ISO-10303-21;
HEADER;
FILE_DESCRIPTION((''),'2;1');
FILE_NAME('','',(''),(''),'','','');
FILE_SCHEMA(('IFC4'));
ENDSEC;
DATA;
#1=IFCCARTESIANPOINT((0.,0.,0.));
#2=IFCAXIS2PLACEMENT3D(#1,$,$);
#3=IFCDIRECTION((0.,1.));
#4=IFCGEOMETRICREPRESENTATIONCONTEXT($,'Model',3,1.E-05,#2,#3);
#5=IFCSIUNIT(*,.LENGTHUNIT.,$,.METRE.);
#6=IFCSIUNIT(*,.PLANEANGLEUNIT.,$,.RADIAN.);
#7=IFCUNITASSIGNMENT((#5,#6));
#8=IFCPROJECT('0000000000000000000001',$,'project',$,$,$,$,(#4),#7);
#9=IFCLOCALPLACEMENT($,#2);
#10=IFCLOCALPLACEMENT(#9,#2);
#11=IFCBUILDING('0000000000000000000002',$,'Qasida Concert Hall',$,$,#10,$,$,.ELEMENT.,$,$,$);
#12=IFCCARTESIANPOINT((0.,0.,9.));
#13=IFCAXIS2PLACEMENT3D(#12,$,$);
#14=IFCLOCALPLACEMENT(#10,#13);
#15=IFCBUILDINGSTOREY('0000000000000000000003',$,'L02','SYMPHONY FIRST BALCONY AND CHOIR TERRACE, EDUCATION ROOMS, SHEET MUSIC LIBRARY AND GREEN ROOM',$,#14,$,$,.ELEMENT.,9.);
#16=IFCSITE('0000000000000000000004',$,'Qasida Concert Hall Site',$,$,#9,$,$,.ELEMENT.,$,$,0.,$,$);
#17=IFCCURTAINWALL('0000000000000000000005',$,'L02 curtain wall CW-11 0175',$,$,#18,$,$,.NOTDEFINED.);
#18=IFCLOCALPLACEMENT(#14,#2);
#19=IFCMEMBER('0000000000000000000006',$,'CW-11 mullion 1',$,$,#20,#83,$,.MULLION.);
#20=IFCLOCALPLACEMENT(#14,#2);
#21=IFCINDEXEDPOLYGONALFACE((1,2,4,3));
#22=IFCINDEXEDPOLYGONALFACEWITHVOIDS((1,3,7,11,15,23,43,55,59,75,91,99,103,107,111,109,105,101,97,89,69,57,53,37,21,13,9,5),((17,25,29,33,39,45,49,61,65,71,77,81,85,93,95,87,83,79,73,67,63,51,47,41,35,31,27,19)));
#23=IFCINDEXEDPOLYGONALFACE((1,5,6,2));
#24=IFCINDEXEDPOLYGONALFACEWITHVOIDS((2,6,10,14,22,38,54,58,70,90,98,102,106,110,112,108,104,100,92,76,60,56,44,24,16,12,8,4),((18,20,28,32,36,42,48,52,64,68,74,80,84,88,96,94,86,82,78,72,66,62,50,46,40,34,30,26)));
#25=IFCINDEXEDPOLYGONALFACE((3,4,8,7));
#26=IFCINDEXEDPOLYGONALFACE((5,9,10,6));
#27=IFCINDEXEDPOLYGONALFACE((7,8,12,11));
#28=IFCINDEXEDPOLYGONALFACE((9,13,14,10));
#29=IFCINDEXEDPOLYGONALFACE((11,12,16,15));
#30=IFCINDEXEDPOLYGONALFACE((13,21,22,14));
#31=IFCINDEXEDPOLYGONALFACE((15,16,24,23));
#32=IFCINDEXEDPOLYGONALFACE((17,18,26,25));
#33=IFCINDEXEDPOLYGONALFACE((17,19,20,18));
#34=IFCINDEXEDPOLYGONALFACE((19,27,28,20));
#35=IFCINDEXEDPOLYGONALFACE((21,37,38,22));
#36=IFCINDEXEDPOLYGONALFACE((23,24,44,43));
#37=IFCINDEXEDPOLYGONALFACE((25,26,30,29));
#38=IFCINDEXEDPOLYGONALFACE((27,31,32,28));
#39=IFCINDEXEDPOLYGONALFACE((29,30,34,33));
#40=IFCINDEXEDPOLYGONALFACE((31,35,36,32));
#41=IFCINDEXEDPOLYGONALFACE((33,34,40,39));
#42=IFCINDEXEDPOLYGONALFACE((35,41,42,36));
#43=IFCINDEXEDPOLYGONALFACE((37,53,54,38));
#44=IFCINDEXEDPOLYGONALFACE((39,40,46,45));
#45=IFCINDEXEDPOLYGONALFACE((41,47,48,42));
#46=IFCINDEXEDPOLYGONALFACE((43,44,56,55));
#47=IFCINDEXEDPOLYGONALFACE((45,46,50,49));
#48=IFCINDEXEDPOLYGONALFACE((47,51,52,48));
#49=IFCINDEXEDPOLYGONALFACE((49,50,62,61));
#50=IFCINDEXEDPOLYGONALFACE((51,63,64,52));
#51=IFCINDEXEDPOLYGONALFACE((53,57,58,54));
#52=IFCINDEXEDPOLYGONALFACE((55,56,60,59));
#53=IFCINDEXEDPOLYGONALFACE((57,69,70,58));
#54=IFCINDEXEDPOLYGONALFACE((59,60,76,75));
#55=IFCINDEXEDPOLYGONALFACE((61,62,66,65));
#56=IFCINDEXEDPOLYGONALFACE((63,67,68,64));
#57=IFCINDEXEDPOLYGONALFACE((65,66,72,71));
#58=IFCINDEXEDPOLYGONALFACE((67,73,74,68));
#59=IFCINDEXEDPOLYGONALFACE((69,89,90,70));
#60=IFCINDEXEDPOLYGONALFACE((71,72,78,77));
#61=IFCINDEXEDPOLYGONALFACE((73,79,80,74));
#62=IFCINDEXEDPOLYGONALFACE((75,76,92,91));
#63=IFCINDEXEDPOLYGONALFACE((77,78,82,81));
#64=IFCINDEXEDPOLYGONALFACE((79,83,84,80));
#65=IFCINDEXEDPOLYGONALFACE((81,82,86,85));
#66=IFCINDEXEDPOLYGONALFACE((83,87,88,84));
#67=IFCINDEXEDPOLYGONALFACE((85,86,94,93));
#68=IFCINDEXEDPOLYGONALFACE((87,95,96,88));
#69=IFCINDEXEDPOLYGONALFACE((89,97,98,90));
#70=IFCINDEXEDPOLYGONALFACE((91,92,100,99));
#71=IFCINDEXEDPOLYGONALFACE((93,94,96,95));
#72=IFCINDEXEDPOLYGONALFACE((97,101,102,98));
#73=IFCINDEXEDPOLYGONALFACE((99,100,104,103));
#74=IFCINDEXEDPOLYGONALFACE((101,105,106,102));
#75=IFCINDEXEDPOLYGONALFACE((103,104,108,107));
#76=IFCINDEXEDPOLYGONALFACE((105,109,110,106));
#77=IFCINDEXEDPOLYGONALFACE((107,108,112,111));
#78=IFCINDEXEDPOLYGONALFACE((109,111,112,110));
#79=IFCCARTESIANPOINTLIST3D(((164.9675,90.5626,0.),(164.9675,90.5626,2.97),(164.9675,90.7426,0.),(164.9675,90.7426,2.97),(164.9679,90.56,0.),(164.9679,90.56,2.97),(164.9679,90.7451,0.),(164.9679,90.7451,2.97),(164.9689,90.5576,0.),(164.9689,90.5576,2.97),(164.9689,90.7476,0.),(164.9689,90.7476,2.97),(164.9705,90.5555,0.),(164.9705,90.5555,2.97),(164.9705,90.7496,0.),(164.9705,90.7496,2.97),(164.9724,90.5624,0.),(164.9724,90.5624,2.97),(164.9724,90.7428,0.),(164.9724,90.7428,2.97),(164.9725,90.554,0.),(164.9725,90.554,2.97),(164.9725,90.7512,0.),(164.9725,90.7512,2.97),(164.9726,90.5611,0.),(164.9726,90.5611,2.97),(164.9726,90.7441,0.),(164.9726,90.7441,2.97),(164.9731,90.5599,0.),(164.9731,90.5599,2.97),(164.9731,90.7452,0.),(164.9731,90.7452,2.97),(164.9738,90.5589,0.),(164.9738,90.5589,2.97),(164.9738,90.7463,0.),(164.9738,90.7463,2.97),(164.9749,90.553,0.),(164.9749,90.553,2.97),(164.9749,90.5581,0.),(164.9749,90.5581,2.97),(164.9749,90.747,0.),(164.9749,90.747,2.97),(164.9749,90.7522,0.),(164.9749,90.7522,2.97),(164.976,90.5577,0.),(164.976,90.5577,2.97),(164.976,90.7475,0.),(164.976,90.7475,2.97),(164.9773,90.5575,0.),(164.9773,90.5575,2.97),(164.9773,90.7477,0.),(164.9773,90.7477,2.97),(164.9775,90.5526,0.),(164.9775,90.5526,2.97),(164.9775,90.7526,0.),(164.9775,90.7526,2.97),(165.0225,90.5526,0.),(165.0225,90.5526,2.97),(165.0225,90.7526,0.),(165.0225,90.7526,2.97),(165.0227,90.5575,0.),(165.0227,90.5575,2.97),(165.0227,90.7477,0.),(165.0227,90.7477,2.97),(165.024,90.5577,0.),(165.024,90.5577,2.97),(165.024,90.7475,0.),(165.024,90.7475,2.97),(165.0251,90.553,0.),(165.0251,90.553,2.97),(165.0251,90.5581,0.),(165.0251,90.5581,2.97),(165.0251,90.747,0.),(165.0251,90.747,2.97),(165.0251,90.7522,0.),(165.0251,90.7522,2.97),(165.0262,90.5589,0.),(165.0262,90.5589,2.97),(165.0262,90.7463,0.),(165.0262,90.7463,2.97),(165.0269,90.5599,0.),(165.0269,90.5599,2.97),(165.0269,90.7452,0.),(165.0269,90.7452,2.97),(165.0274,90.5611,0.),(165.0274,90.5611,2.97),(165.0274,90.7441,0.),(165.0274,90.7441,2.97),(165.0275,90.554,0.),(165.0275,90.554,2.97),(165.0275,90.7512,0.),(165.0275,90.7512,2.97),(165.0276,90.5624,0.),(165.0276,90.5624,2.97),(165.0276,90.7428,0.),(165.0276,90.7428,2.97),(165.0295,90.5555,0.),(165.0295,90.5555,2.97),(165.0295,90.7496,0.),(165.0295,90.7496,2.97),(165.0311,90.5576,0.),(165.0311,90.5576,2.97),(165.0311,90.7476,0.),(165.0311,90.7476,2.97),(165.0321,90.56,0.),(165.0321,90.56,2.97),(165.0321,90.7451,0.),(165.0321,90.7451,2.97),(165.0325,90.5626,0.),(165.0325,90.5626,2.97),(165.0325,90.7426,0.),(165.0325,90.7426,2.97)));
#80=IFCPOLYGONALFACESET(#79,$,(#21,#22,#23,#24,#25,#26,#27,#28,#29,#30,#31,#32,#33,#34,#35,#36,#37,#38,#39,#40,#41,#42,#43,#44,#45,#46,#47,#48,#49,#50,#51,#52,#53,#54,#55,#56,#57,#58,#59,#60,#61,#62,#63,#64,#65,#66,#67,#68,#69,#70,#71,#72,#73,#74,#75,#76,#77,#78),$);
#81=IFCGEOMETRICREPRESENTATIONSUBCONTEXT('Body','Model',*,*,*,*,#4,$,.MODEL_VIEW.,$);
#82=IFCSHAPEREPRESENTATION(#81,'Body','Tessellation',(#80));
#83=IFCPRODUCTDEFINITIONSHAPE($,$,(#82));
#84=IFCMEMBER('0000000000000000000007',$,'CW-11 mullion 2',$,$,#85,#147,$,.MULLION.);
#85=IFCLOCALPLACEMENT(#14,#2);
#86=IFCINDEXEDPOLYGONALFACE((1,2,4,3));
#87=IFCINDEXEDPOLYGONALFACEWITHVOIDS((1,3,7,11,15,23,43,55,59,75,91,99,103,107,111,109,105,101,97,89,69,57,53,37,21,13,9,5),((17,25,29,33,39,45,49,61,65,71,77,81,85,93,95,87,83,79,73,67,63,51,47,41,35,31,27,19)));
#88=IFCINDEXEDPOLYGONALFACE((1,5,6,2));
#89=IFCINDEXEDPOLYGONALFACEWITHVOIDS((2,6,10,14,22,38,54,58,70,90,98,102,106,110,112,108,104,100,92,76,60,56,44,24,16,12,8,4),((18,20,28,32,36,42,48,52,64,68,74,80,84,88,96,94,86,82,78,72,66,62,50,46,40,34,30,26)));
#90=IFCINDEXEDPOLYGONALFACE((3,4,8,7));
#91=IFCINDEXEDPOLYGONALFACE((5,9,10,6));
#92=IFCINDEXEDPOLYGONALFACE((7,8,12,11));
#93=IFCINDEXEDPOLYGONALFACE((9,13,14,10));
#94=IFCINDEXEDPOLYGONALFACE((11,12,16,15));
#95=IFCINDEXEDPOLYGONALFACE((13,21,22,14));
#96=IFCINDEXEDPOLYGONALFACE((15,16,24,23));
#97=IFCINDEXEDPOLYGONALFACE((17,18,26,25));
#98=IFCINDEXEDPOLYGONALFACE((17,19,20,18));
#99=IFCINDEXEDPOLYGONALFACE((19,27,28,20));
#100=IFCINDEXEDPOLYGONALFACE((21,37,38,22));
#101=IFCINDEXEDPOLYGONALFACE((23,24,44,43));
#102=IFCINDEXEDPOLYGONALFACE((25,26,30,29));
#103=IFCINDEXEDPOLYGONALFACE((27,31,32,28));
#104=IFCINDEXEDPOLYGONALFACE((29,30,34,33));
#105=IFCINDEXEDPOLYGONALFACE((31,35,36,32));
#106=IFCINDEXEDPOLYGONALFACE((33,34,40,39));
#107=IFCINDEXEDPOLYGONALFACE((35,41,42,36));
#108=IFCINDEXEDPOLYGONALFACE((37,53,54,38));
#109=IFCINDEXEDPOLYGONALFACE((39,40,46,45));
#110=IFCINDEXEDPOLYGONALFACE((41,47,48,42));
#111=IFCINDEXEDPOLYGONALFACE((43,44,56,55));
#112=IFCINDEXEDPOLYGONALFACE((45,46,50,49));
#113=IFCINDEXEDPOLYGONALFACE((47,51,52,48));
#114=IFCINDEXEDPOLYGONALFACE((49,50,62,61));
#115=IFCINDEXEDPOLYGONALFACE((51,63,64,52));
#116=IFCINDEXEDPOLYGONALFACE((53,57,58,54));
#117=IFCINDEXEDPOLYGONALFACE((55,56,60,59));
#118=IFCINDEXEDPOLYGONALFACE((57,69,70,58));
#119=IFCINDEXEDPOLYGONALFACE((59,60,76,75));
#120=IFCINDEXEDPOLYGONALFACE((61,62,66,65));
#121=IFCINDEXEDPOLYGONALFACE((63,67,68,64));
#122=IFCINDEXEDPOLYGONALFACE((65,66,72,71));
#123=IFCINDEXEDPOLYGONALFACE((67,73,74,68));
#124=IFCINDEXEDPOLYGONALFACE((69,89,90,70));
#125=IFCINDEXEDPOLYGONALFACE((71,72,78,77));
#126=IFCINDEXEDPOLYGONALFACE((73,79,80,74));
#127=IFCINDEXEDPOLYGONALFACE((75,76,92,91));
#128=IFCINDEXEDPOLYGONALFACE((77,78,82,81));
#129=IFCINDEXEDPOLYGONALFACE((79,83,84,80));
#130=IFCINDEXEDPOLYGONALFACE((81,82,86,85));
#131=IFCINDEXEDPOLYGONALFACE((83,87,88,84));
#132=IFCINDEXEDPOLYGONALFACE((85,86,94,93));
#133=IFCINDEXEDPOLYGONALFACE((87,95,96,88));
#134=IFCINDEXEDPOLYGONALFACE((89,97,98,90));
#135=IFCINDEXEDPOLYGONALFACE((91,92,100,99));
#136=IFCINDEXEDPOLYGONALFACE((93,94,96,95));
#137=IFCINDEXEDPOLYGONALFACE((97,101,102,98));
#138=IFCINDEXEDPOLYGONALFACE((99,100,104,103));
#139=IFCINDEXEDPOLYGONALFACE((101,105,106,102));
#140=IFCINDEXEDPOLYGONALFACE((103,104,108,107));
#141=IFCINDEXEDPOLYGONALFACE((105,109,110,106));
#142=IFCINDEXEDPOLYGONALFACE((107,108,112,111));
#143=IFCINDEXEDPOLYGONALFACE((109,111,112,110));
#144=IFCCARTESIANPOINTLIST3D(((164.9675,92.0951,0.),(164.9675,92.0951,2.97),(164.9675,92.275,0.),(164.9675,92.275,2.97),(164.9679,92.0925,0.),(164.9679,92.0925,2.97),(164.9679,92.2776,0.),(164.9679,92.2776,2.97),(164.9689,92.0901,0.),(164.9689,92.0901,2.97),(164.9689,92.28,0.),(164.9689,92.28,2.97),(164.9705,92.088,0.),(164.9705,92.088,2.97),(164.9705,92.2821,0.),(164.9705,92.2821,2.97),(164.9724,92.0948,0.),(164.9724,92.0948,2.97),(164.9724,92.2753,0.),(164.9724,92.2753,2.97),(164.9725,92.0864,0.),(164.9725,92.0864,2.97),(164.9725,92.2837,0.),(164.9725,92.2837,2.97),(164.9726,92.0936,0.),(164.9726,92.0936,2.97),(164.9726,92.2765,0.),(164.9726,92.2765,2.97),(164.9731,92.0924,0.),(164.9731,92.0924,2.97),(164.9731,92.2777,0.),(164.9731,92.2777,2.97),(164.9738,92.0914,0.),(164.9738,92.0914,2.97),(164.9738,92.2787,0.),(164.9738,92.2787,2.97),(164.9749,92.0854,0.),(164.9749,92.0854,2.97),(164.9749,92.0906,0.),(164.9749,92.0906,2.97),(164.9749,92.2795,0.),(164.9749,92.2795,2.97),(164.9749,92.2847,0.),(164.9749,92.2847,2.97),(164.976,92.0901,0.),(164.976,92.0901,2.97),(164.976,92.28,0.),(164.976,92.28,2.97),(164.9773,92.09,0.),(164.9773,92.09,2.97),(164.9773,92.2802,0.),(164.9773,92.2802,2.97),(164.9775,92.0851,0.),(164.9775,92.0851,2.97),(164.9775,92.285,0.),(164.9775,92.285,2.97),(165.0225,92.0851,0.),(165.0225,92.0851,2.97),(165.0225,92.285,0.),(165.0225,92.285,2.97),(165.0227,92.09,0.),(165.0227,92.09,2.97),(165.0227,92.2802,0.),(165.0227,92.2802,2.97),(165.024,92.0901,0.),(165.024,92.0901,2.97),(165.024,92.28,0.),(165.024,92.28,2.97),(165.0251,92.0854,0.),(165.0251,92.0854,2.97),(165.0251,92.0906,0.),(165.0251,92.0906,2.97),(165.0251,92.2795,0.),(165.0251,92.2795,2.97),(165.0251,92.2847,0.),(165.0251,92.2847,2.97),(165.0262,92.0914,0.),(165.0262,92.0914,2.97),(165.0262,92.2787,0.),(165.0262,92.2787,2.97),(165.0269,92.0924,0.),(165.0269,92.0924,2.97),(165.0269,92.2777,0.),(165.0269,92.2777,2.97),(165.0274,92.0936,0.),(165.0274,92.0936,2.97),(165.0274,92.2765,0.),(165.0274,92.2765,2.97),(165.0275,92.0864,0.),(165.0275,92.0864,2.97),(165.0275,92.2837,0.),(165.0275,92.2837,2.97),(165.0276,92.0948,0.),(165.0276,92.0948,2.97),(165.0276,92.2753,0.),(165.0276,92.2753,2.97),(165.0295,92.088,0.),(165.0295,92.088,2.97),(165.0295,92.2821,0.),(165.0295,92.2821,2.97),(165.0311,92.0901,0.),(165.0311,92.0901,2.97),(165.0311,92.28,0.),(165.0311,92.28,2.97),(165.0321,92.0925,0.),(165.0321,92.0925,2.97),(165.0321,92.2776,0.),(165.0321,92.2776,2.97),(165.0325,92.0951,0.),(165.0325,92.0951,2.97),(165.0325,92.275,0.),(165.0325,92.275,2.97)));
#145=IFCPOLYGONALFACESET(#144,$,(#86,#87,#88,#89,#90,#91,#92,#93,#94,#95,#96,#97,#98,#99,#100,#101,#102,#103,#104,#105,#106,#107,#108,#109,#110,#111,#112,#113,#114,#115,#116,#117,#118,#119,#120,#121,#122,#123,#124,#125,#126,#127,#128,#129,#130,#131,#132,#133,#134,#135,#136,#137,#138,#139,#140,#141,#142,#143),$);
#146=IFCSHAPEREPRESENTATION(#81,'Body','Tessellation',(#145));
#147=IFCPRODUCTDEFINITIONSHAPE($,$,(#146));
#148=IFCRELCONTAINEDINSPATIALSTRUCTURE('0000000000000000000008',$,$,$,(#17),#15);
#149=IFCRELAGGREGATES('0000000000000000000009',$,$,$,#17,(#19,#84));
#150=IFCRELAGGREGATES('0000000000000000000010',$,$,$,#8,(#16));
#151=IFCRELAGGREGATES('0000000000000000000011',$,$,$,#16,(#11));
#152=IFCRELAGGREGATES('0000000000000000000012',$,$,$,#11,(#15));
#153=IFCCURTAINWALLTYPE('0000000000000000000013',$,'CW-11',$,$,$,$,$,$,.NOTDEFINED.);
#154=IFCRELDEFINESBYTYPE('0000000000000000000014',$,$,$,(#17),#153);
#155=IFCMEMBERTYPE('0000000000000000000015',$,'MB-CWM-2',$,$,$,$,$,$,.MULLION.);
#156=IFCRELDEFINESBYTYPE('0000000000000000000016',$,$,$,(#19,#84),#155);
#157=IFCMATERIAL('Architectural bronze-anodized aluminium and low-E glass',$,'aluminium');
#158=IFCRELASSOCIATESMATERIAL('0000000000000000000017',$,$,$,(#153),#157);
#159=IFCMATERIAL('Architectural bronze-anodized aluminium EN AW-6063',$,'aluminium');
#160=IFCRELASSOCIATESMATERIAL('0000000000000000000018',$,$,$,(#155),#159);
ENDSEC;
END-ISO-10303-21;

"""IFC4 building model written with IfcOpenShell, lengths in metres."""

from ifc_helpers import new_model, si_unit, direction, frame, origin, origin_2d, place, context, subcontext, project, spatial, hollow_rectangle, extrude, material, material_profile, profile_set, type_object, element, aggregate, save


model = new_model("IFC4")

# Units and contexts
model_context = context("Model", 3, precision=1e-05, world=origin(), true_north=direction((0.0, 1.0)))
body_context = subcontext(model_context, "Body", "Model", "MODEL_VIEW")
ifc_project = project(units=[si_unit("LENGTHUNIT", "METRE"), si_unit("PLANEANGLEUNIT", "RADIAN")], contexts=[model_context])

# Site, building, storey
site_placement = place(None, origin())
site = spatial("IfcSite", under=ifc_project, at=site_placement, Name="Qasida Concert Hall Site", CompositionType="ELEMENT", RefElevation=0.0)
building_placement = place(site_placement, origin())
building = spatial("IfcBuilding", under=site, at=building_placement, Name="Qasida Concert Hall", CompositionType="ELEMENT")
storey_placement = place(building_placement, frame((0.0, 0.0, 9.0)))
storey = spatial("IfcBuildingStorey", under=building, at=storey_placement, Name="L02", Description="SYMPHONY FIRST BALCONY AND CHOIR TERRACE, EDUCATION ROOMS, SHEET MUSIC LIBRARY AND GREEN ROOM", CompositionType="ELEMENT", Elevation=9.0)

# Curtain wall, members
ifc_material_1 = material(Name="Architectural bronze-anodized aluminium and low-E glass", Category="aluminium")
curtain_wall_type = type_object("IfcCurtainWallType", Name="CW-11", PredefinedType="NOTDEFINED", material=ifc_material_1)
curtain_wall_placement = place(storey_placement, origin())
curtain_wall = element("IfcCurtainWall", 1, at=curtain_wall_placement, inside=storey, type_object=curtain_wall_type, Name="L02 curtain wall CW-11 0175", PredefinedType="NOTDEFINED")
ifc_material_2 = material(Name="Architectural bronze-anodized aluminium EN AW-6063", Category="aluminium")
ifc_material_profile_1 = material_profile(ifc_material_2, hollow_rectangle(XDim=0.0649, YDim=0.2, WallThickness=0.0049, InnerFilletRadius=0.0049, OuterFilletRadius=0.01, at=origin_2d()), Name="CWM 200x65x5")
ifc_profile_set_1 = profile_set([ifc_material_profile_1], Name="Architectural bronze-anodized aluminium EN AW-6063")
member_type_1 = type_object("IfcMemberType", Name="MB-CWM-2", PredefinedType="MULLION", material=ifc_profile_set_1)
member_1_placement = place(storey_placement, frame((165.0, 90.6526, 0.0), z_axis=(0.0, 0.0, 1.0), x_axis=(-1.0, 0.0, 0.0)))
member_1 = element("IfcMember", 2, at=member_1_placement, type_object=member_type_1, Name="CW-11 mullion 1", PredefinedType="MULLION", context=body_context, shape_type="SweptSolid", body=[
    extrude(hollow_rectangle(XDim=0.0649, YDim=0.2, WallThickness=0.0049, InnerFilletRadius=0.0049, OuterFilletRadius=0.01, at=origin_2d()), origin(), (0.0, 0.0, 1.0), 2.97),
])
member_2_placement = place(storey_placement, frame((165.0, 92.1851, 0.0), z_axis=(0.0, 0.0, 1.0), x_axis=(-1.0, 0.0, 0.0)))
member_2 = element("IfcMember", 3, at=member_2_placement, type_object=member_type_1, Name="CW-11 mullion 2", PredefinedType="MULLION", context=body_context, shape_type="SweptSolid", body=[
    extrude(hollow_rectangle(XDim=0.0649, YDim=0.2, WallThickness=0.0049, InnerFilletRadius=0.0049, OuterFilletRadius=0.01, at=origin_2d()), origin(), (0.0, 0.0, 1.0), 2.97),
])
aggregate(curtain_wall, [member_1, member_2])

save(model, "model.ifc")
